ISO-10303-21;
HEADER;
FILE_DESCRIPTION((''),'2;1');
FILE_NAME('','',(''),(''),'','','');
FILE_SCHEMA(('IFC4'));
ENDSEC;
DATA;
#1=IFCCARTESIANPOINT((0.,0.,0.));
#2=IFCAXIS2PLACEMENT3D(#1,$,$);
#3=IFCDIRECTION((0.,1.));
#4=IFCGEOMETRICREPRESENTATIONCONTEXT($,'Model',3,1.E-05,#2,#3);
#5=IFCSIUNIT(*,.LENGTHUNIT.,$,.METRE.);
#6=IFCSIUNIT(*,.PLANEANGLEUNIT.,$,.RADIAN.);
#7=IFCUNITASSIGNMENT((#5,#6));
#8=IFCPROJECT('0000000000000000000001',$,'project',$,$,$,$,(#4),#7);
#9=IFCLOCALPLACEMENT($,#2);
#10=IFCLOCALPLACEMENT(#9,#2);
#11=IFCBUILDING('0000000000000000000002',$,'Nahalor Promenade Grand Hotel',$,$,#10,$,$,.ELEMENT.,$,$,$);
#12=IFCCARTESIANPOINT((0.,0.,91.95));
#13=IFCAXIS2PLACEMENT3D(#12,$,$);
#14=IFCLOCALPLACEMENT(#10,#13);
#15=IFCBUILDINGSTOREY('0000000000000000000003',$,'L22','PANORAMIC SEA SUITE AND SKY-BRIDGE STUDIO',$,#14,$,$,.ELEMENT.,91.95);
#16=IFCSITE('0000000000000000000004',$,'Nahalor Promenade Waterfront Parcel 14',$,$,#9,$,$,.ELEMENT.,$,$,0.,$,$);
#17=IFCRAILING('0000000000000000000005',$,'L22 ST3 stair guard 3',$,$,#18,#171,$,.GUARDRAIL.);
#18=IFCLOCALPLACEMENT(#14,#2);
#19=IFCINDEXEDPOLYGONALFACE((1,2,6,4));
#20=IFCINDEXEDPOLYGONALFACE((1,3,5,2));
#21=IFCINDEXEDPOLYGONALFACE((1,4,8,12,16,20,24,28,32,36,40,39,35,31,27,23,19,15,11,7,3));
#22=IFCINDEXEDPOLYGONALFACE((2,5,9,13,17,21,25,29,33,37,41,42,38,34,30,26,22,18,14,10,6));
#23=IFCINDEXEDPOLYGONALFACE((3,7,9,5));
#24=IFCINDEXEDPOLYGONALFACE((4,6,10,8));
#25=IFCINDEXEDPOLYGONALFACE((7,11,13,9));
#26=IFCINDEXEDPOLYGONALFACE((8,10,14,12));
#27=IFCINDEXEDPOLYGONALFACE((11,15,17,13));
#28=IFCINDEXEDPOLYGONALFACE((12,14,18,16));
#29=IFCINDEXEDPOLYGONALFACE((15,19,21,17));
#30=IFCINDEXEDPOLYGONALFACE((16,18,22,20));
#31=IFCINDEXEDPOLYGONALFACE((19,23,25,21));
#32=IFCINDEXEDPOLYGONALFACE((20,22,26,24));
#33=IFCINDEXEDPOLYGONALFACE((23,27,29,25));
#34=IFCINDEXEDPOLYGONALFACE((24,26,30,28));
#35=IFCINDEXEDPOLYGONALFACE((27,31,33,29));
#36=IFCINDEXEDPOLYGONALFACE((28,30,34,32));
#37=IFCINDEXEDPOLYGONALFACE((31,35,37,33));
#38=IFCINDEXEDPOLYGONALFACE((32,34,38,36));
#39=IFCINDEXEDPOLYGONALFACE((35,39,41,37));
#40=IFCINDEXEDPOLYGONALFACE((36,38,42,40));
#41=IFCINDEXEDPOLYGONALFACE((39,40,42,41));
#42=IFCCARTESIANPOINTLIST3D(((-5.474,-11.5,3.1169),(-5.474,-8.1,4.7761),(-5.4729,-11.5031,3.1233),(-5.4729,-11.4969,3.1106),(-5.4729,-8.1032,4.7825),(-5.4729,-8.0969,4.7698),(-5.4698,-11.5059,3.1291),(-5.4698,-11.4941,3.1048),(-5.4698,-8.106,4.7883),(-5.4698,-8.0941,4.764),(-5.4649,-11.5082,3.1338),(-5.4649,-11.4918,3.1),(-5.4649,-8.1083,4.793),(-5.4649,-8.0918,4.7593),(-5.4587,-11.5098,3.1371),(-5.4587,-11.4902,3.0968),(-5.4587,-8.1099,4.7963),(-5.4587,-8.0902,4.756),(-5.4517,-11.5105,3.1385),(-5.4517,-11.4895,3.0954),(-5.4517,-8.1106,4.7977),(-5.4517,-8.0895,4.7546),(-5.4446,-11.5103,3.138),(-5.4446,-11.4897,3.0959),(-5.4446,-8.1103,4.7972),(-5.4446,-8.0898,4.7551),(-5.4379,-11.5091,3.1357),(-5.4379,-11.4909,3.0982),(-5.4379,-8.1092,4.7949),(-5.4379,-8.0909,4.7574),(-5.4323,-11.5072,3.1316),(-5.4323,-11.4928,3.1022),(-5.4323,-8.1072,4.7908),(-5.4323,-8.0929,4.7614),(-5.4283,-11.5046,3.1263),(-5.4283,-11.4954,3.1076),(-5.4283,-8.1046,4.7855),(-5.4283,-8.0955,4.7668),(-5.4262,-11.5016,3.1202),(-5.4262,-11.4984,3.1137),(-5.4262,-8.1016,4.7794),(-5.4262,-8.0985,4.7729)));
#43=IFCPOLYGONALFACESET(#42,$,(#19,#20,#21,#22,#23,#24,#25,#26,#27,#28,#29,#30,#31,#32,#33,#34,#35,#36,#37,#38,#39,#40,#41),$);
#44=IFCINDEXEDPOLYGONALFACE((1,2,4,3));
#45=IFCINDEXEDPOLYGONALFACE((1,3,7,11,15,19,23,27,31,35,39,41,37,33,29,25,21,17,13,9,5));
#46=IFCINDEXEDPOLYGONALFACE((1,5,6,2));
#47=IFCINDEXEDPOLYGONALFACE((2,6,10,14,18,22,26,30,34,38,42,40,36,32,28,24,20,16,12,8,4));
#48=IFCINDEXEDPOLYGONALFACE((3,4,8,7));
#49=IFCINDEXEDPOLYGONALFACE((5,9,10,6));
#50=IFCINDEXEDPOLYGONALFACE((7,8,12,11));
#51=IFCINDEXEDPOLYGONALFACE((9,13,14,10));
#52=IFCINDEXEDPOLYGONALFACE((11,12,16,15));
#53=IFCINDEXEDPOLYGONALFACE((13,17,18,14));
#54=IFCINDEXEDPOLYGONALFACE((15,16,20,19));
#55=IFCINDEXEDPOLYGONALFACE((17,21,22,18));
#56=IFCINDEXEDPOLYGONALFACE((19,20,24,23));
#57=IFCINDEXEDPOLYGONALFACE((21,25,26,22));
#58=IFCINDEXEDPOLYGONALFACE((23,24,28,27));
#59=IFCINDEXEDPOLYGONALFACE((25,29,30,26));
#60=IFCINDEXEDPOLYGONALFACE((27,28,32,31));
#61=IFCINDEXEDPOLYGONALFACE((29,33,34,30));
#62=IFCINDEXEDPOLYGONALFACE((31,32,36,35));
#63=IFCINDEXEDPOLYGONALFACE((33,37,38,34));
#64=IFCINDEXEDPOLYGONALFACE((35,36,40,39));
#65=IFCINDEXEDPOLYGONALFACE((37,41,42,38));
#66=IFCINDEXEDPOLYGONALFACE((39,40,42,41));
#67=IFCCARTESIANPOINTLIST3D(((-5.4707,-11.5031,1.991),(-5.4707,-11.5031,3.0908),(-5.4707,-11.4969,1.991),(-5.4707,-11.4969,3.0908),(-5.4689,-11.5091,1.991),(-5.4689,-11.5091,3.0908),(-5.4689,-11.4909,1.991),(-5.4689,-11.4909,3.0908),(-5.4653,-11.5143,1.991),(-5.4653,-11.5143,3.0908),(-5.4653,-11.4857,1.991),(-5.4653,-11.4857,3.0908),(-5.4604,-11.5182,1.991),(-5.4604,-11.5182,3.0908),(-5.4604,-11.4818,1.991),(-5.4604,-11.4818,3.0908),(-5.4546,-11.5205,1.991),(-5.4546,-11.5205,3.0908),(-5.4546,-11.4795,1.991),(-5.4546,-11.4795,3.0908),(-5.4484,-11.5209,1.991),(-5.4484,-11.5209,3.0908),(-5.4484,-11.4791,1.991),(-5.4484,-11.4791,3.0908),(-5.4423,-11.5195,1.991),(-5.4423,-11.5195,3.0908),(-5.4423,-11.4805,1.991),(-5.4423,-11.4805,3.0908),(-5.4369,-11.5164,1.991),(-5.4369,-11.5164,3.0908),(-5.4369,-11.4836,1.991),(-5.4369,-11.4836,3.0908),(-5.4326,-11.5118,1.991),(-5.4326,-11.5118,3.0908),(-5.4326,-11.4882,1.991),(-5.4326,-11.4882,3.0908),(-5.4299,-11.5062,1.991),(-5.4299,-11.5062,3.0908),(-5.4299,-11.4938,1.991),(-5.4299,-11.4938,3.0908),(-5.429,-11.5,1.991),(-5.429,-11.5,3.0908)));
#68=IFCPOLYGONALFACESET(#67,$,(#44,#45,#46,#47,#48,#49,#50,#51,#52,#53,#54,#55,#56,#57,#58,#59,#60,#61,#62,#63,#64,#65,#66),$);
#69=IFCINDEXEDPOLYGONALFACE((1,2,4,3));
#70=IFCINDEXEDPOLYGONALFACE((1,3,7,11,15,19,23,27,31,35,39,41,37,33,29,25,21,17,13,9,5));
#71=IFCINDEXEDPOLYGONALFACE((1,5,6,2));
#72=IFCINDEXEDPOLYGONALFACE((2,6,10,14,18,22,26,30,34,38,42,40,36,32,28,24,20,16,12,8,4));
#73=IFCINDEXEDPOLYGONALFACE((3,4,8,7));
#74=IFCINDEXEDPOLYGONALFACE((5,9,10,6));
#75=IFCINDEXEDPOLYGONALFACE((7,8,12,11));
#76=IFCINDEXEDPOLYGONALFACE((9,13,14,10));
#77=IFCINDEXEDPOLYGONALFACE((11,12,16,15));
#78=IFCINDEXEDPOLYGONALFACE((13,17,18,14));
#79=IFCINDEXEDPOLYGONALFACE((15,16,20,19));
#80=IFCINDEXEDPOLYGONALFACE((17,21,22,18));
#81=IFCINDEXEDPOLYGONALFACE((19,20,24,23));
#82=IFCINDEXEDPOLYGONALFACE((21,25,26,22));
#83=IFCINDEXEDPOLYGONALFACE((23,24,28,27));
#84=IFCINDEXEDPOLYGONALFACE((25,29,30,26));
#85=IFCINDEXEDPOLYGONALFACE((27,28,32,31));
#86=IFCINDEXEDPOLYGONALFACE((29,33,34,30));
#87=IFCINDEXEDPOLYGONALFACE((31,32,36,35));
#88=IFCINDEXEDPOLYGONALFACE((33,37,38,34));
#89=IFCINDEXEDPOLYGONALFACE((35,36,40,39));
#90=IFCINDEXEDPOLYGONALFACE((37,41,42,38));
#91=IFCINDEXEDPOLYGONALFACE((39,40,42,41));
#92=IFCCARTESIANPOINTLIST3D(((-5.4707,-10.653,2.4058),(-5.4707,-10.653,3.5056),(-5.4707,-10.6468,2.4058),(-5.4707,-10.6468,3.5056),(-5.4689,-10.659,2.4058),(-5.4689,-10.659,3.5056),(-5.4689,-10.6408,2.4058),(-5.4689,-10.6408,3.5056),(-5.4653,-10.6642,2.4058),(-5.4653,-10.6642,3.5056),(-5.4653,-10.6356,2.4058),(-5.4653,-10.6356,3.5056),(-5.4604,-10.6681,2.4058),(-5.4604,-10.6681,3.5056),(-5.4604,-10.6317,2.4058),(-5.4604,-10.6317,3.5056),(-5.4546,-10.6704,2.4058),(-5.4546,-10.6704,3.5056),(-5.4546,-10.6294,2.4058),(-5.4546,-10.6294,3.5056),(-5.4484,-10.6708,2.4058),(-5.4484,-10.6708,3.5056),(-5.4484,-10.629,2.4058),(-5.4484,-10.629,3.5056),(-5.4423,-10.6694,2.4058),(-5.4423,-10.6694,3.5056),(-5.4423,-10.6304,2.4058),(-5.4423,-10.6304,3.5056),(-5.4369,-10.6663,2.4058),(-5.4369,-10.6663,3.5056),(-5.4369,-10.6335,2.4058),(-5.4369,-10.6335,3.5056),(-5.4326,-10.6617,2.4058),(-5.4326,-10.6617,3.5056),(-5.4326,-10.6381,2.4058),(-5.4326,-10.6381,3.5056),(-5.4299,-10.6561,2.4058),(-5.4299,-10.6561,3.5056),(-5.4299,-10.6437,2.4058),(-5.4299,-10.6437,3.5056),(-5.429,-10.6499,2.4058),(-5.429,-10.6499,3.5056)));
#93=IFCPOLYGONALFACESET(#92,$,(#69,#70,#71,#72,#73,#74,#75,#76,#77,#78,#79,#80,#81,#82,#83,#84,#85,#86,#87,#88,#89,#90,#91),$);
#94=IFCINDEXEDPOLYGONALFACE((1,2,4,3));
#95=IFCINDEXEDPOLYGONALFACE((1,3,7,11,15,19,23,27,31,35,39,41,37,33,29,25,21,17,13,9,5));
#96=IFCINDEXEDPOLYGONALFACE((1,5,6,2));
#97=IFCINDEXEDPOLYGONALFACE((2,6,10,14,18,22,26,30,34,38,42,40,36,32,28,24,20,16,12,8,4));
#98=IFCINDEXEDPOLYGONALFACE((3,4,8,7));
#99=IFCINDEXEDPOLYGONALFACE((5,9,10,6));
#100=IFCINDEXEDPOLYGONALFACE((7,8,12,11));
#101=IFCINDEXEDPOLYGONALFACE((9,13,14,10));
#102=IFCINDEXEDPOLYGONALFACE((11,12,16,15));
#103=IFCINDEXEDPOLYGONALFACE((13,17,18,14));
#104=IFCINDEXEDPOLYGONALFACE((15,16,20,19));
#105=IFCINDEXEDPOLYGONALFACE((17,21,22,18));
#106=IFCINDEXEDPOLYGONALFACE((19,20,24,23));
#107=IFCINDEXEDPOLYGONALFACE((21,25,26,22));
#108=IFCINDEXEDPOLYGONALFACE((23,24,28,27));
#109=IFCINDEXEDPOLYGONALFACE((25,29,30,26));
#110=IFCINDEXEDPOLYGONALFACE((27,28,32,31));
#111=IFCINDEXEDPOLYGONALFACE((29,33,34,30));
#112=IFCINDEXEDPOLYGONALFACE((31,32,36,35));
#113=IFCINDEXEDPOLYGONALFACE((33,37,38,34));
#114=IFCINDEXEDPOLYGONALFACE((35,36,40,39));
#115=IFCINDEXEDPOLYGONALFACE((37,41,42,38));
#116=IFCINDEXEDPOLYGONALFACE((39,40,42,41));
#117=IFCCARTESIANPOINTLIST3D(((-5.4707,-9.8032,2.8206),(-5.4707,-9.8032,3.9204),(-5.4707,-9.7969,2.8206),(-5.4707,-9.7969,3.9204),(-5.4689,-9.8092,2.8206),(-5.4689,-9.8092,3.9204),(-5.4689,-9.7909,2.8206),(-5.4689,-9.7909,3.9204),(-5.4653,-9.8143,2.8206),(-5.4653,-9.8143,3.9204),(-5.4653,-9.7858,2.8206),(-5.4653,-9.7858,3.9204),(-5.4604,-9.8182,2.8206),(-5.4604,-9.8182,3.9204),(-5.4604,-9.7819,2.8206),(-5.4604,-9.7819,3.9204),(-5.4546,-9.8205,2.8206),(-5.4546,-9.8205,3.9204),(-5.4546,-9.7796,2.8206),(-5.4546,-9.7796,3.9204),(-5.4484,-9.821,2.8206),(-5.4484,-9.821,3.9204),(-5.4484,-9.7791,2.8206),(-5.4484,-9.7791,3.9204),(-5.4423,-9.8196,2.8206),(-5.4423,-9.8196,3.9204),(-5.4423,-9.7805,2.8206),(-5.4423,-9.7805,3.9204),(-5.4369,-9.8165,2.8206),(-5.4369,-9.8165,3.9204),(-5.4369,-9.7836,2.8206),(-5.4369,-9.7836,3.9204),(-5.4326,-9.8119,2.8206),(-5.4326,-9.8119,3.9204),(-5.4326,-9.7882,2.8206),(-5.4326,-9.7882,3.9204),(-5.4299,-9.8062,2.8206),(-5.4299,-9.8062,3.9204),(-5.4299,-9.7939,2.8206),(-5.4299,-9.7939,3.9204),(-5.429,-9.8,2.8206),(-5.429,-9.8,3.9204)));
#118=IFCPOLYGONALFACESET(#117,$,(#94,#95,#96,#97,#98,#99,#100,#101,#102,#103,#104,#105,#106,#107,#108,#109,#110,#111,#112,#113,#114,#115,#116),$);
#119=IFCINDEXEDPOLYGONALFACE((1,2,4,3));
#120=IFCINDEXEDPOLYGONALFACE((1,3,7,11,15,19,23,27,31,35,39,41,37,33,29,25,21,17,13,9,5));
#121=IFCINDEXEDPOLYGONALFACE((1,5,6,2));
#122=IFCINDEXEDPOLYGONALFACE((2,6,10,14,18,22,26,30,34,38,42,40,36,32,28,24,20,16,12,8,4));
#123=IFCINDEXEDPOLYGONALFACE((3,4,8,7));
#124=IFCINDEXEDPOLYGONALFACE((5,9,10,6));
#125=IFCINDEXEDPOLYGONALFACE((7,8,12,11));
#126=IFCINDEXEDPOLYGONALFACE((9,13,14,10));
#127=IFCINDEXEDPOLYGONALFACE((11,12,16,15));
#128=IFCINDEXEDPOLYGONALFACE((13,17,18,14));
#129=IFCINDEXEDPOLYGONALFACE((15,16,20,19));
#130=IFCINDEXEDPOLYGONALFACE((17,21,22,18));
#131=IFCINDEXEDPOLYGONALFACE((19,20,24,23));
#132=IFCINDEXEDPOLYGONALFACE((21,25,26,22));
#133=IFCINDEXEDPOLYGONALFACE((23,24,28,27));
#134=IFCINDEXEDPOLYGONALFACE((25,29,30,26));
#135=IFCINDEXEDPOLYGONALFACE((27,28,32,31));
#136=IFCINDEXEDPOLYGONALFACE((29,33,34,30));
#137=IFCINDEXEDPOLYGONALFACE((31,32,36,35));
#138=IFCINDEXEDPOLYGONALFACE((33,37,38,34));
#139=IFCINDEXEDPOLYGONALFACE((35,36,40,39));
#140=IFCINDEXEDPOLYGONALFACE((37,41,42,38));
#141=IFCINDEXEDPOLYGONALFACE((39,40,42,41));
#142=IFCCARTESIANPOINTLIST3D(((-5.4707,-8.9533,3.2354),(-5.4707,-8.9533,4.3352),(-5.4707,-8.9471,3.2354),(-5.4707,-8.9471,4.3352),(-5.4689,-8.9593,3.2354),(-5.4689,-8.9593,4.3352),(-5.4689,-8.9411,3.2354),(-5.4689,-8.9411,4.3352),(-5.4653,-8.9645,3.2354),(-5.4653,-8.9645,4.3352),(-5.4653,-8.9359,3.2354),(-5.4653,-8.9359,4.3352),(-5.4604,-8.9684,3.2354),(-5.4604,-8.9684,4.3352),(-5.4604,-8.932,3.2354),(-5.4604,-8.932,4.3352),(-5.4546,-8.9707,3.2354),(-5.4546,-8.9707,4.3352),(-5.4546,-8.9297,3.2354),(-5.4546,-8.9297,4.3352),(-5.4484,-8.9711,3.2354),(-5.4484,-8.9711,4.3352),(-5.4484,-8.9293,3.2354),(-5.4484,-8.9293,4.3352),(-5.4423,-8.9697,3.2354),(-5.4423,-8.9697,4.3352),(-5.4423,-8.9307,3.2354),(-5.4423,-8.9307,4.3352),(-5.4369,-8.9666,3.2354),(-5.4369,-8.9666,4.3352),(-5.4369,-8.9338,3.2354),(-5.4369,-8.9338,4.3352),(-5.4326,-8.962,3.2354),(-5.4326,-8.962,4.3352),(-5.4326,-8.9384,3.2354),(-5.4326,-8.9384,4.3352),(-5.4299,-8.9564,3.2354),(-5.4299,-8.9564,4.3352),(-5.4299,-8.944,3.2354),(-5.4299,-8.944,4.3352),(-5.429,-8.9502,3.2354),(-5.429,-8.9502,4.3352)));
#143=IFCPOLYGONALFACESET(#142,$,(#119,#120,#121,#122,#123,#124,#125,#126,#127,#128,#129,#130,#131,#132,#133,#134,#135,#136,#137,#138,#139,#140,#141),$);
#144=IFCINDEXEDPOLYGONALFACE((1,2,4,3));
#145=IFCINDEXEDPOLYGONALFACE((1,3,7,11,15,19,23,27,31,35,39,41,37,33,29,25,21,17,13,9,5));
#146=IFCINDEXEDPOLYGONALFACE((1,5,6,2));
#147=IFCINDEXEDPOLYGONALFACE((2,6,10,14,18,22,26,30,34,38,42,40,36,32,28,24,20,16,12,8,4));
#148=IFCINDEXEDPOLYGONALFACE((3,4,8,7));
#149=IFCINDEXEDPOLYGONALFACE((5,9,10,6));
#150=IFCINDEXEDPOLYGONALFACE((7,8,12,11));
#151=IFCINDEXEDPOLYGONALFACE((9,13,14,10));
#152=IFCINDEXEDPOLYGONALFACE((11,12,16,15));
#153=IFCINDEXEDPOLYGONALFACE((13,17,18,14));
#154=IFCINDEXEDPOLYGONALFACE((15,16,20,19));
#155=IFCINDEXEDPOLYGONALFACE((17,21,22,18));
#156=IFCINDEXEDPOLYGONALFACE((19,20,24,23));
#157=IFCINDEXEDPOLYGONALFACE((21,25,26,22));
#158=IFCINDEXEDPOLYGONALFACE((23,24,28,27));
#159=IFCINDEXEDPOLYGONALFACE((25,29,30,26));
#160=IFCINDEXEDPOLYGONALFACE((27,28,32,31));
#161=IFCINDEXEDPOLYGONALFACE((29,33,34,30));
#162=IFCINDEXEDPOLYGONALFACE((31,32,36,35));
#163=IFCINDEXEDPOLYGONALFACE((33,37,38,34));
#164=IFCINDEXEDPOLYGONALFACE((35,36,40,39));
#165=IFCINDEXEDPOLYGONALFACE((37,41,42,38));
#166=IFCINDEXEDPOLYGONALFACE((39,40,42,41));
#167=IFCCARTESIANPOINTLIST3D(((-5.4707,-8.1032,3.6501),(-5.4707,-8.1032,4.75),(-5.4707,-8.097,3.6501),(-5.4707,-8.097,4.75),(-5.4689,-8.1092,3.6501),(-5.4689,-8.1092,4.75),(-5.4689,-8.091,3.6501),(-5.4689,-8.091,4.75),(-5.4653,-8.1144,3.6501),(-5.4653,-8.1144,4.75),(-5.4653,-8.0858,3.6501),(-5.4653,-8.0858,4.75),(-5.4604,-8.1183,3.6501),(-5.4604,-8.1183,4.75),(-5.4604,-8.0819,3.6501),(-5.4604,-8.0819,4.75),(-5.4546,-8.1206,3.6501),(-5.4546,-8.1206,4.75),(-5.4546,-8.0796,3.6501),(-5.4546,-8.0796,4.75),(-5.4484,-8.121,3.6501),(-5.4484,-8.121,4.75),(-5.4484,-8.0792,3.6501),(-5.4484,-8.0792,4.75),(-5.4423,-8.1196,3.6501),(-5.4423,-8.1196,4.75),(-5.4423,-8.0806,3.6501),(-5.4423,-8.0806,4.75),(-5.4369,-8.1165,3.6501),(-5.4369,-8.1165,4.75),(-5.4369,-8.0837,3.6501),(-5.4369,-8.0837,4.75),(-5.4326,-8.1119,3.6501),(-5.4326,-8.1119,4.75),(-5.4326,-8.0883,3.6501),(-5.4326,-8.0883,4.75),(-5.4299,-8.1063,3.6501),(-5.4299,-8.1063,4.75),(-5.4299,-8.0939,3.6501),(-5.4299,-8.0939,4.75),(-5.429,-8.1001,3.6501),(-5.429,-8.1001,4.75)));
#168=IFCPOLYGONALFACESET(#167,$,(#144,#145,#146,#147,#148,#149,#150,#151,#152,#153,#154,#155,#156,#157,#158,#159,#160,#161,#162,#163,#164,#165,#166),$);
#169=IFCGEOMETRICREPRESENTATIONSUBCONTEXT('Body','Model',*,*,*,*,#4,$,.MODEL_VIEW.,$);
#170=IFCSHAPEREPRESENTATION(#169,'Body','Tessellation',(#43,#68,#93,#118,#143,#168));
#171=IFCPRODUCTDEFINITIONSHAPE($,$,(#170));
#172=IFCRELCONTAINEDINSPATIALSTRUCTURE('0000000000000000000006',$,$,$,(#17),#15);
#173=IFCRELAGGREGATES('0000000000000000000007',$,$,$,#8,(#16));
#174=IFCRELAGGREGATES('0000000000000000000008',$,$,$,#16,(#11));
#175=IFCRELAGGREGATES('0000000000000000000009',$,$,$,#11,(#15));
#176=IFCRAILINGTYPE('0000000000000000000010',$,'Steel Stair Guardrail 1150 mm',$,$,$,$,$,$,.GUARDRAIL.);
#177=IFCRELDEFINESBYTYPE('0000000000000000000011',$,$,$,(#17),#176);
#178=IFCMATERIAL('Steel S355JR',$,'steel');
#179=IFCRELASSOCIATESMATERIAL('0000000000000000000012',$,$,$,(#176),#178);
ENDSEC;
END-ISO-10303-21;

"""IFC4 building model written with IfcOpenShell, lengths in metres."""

from ifc_helpers import new_model, si_unit, direction, frame, origin, origin_2d, place, context, subcontext, project, spatial, circle, extrude, material, type_object, element, save


model = new_model("IFC4")

# Units and contexts
model_context = context("Model", 3, precision=1e-05, world=origin(), true_north=direction((0.0, 1.0)))
body_context = subcontext(model_context, "Body", "Model", "MODEL_VIEW")
ifc_project = project(units=[si_unit("LENGTHUNIT", "METRE"), si_unit("PLANEANGLEUNIT", "RADIAN")], contexts=[model_context])

# Site, building, storey
site_placement = place(None, origin())
site = spatial("IfcSite", under=ifc_project, at=site_placement, Name="Nahalor Promenade Waterfront Parcel 14", CompositionType="ELEMENT", RefElevation=0.0)
building_placement = place(site_placement, origin())
building = spatial("IfcBuilding", under=site, at=building_placement, Name="Nahalor Promenade Grand Hotel", CompositionType="ELEMENT")
storey_placement = place(building_placement, frame((0.0, 0.0, 91.95)))
storey = spatial("IfcBuildingStorey", under=building, at=storey_placement, Name="L22", Description="PANORAMIC SEA SUITE AND SKY-BRIDGE STUDIO", CompositionType="ELEMENT", Elevation=91.95)

# Shared definitions
ifc_material_1 = material(Name="Steel S355JR", Category="steel")

# Railing
railing_type_1 = type_object("IfcRailingType", Name="Steel Stair Guardrail 1150 mm", PredefinedType="GUARDRAIL", material=ifc_material_1)
railing_1_placement = place(storey_placement, frame((-5.45, -11.5, 1.991)))
element("IfcRailing", 1, at=railing_1_placement, inside=storey, type_object=railing_type_1, Name="L22 ST3 stair guard 3", PredefinedType="GUARDRAIL", context=body_context, shape_type="SweptSolid", body=[
    extrude(circle(Radius=0.024, at=origin_2d()), frame((0.0, 0.0, 1.126), z_axis=(0.0, 0.898696, 0.438571), x_axis=(-1.0, 0.0, 0.0)), (0.0, 0.0, 1.0), 3.7832),
    extrude(circle(Radius=0.021, at=origin_2d()), origin(), (0.0, 0.0, 1.0), 1.0999),
    extrude(circle(Radius=0.021, at=origin_2d()), frame((0.0, 0.8501, 0.4148)), (0.0, 0.0, 1.0), 1.0999),
    extrude(circle(Radius=0.021, at=origin_2d()), frame((0.0, 1.7, 0.8296)), (0.0, 0.0, 1.0), 1.0999),
    extrude(circle(Radius=0.021, at=origin_2d()), frame((0.0, 2.5498, 1.2444)), (0.0, 0.0, 1.0), 1.0999),
    extrude(circle(Radius=0.021, at=origin_2d()), frame((0.0, 3.3999, 1.6592)), (0.0, 0.0, 1.0), 1.0999),
])

save(model, "model.ifc")
